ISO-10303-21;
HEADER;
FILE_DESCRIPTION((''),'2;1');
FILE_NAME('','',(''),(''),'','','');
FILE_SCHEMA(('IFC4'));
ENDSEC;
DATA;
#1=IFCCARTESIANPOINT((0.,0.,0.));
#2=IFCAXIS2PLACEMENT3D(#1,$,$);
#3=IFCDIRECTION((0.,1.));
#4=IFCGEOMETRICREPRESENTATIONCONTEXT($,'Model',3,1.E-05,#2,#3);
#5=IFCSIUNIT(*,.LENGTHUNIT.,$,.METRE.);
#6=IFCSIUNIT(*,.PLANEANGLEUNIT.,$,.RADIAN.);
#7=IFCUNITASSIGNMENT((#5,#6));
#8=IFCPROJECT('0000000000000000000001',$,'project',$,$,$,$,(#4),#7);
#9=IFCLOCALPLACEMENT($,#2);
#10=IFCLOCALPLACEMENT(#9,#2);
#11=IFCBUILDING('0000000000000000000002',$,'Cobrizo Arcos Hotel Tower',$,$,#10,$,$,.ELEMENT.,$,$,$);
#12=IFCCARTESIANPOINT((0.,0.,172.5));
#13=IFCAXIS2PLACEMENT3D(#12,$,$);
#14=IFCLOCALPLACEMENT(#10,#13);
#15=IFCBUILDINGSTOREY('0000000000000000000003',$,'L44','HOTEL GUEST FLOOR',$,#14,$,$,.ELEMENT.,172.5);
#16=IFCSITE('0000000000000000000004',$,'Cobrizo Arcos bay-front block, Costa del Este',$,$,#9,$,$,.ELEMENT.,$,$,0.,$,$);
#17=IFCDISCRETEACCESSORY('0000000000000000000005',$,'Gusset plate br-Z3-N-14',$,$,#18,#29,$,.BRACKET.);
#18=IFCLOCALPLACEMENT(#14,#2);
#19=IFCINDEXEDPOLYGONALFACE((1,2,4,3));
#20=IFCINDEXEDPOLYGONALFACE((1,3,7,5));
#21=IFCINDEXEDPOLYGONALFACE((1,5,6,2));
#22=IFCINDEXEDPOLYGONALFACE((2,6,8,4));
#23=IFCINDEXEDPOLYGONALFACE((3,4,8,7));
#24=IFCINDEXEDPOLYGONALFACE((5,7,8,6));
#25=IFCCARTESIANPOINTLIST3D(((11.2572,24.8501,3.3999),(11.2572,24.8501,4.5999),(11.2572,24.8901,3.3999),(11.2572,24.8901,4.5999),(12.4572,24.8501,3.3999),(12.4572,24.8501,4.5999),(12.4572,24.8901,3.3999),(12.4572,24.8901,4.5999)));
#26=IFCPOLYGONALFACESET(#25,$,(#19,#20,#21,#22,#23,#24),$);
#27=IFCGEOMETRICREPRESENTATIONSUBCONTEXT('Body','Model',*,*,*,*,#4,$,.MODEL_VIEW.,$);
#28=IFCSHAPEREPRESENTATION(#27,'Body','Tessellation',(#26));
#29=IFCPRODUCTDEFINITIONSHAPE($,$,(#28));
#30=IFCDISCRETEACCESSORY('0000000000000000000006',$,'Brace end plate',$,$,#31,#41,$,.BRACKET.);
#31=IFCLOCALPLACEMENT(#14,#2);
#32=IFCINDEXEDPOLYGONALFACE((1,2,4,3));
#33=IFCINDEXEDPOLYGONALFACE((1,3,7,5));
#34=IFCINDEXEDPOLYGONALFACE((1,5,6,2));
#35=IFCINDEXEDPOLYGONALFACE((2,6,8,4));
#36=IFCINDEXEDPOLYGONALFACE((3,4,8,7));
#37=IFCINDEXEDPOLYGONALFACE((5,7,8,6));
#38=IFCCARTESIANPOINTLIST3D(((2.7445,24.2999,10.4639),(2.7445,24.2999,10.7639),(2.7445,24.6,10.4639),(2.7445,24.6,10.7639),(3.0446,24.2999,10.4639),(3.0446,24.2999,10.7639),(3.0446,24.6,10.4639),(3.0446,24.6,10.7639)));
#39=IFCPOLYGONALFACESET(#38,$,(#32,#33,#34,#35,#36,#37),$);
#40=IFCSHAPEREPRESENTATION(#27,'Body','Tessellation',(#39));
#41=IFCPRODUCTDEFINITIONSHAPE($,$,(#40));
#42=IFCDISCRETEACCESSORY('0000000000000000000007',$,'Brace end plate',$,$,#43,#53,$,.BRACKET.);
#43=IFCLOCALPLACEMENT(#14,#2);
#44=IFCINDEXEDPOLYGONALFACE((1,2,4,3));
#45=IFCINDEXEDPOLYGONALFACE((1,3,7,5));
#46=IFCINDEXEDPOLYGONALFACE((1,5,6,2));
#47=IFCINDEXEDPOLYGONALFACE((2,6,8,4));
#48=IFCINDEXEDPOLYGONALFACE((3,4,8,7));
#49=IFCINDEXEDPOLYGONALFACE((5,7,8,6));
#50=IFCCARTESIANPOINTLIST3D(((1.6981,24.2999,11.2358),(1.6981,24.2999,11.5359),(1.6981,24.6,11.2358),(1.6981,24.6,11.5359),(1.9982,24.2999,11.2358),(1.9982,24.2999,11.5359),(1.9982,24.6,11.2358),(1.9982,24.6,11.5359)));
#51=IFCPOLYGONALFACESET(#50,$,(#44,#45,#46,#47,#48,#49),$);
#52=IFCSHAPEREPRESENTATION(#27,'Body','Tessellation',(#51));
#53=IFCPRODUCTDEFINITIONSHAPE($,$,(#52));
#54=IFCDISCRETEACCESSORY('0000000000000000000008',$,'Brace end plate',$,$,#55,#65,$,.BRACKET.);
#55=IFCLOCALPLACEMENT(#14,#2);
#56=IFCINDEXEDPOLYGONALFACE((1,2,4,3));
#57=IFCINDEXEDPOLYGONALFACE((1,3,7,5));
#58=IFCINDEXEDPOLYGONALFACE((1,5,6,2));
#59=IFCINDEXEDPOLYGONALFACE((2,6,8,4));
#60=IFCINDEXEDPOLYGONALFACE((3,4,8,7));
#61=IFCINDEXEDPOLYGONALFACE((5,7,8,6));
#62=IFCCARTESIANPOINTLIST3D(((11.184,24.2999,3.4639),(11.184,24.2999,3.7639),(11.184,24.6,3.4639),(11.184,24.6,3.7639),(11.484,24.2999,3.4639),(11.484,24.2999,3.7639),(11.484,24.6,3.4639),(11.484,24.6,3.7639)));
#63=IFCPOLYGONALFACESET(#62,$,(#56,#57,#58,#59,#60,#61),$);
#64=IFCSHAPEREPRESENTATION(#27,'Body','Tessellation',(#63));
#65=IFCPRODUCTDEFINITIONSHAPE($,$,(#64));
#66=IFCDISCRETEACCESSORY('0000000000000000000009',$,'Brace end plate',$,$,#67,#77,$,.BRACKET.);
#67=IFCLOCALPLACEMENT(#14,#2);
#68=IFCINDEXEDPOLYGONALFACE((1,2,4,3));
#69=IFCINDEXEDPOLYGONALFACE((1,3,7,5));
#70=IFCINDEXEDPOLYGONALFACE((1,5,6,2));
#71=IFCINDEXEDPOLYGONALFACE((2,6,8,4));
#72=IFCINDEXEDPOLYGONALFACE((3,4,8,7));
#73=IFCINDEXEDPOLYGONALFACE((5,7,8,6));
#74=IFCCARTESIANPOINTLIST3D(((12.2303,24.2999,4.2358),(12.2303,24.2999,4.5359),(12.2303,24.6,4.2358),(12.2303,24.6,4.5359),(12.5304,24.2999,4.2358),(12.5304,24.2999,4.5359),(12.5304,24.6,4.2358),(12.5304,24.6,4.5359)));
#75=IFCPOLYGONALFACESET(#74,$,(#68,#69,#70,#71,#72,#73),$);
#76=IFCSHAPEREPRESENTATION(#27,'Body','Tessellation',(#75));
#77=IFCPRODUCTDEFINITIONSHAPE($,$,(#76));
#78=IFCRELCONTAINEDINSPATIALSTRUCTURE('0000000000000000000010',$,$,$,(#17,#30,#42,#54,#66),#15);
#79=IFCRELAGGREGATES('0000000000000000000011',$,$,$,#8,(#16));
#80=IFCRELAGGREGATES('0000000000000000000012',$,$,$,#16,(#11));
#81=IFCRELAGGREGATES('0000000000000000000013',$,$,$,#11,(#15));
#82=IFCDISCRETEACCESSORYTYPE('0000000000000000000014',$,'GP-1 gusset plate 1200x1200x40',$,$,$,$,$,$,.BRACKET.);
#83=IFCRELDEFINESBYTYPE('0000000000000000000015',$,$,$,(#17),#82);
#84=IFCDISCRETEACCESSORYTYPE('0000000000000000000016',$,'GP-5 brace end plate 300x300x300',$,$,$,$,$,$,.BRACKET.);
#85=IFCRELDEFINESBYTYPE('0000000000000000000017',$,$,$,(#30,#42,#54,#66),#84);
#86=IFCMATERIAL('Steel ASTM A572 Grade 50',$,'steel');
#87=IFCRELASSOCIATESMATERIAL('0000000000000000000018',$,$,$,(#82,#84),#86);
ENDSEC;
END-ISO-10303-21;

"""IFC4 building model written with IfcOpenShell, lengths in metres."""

from ifc_helpers import new_model, si_unit, direction, frame, origin, origin_2d, place, context, subcontext, project, spatial, rectangle, extrude, material, type_object, element, save


model = new_model("IFC4")

# Units and contexts
model_context = context("Model", 3, precision=1e-05, world=origin(), true_north=direction((0.0, 1.0)))
body_context = subcontext(model_context, "Body", "Model", "MODEL_VIEW")
ifc_project = project(units=[si_unit("LENGTHUNIT", "METRE"), si_unit("PLANEANGLEUNIT", "RADIAN")], contexts=[model_context])

# Site, building, storey
site_placement = place(None, origin())
site = spatial("IfcSite", under=ifc_project, at=site_placement, Name="Cobrizo Arcos bay-front block, Costa del Este", CompositionType="ELEMENT", RefElevation=0.0)
building_placement = place(site_placement, origin())
building = spatial("IfcBuilding", under=site, at=building_placement, Name="Cobrizo Arcos Hotel Tower", CompositionType="ELEMENT")
storey_placement = place(building_placement, frame((0.0, 0.0, 172.5)))
storey = spatial("IfcBuildingStorey", under=building, at=storey_placement, Name="L44", Description="HOTEL GUEST FLOOR", CompositionType="ELEMENT", Elevation=172.5)

# Shared definitions
ifc_material_1 = material(Name="Steel ASTM A572 Grade 50", Category="steel")

# Discrete accessories
discrete_accessory_type_1 = type_object("IfcDiscreteAccessoryType", Name="GP-1 gusset plate 1200x1200x40", PredefinedType="BRACKET", material=ifc_material_1)
discrete_accessory_placement = place(storey_placement, frame((11.8572, 24.8701, 3.3999), z_axis=(0.0, 0.0, 1.0), x_axis=(1.0, 0.0, 0.0)))
element("IfcDiscreteAccessory", 1, at=discrete_accessory_placement, inside=storey, type_object=discrete_accessory_type_1, Name="Gusset plate br-Z3-N-14", PredefinedType="BRACKET", context=body_context, shape_type="SweptSolid", body=[
    extrude(rectangle(XDim=1.2, YDim=0.04, at=origin_2d()), origin(), (0.0, 0.0, 1.0), 1.2),
])
discrete_accessory_type_2 = type_object("IfcDiscreteAccessoryType", Name="GP-5 brace end plate 300x300x300", PredefinedType="BRACKET", material=ifc_material_1)
for number, where, z_axis, x_axis, name in (
    (2, (2.8945, 24.45, 10.4639), (0.0, 0.0, 1.0), (1.0, 0.0, 0.0), "Brace end plate"),
    (3, (1.8481, 24.45, 11.2358), (0.0, 0.0, 1.0), (1.0, 0.0, 0.0), "Brace end plate"),
    (4, (11.334, 24.45, 3.4639), (0.0, 0.0, 1.0), (1.0, 0.0, 0.0), "Brace end plate"),
    (5, (12.3804, 24.45, 4.2358), (0.0, 0.0, 1.0), (1.0, 0.0, 0.0), "Brace end plate"),
):
    element("IfcDiscreteAccessory", number, at=place(storey_placement, frame(where, z_axis=z_axis, x_axis=x_axis)), inside=storey, type_object=discrete_accessory_type_2, Name=name, PredefinedType="BRACKET", context=body_context, shape_type="SweptSolid", body=[
        extrude(rectangle(XDim=0.3, YDim=0.3, at=origin_2d()), origin(), (0.0, 0.0, 1.0), 0.3),
    ])

save(model, "model.ifc")
